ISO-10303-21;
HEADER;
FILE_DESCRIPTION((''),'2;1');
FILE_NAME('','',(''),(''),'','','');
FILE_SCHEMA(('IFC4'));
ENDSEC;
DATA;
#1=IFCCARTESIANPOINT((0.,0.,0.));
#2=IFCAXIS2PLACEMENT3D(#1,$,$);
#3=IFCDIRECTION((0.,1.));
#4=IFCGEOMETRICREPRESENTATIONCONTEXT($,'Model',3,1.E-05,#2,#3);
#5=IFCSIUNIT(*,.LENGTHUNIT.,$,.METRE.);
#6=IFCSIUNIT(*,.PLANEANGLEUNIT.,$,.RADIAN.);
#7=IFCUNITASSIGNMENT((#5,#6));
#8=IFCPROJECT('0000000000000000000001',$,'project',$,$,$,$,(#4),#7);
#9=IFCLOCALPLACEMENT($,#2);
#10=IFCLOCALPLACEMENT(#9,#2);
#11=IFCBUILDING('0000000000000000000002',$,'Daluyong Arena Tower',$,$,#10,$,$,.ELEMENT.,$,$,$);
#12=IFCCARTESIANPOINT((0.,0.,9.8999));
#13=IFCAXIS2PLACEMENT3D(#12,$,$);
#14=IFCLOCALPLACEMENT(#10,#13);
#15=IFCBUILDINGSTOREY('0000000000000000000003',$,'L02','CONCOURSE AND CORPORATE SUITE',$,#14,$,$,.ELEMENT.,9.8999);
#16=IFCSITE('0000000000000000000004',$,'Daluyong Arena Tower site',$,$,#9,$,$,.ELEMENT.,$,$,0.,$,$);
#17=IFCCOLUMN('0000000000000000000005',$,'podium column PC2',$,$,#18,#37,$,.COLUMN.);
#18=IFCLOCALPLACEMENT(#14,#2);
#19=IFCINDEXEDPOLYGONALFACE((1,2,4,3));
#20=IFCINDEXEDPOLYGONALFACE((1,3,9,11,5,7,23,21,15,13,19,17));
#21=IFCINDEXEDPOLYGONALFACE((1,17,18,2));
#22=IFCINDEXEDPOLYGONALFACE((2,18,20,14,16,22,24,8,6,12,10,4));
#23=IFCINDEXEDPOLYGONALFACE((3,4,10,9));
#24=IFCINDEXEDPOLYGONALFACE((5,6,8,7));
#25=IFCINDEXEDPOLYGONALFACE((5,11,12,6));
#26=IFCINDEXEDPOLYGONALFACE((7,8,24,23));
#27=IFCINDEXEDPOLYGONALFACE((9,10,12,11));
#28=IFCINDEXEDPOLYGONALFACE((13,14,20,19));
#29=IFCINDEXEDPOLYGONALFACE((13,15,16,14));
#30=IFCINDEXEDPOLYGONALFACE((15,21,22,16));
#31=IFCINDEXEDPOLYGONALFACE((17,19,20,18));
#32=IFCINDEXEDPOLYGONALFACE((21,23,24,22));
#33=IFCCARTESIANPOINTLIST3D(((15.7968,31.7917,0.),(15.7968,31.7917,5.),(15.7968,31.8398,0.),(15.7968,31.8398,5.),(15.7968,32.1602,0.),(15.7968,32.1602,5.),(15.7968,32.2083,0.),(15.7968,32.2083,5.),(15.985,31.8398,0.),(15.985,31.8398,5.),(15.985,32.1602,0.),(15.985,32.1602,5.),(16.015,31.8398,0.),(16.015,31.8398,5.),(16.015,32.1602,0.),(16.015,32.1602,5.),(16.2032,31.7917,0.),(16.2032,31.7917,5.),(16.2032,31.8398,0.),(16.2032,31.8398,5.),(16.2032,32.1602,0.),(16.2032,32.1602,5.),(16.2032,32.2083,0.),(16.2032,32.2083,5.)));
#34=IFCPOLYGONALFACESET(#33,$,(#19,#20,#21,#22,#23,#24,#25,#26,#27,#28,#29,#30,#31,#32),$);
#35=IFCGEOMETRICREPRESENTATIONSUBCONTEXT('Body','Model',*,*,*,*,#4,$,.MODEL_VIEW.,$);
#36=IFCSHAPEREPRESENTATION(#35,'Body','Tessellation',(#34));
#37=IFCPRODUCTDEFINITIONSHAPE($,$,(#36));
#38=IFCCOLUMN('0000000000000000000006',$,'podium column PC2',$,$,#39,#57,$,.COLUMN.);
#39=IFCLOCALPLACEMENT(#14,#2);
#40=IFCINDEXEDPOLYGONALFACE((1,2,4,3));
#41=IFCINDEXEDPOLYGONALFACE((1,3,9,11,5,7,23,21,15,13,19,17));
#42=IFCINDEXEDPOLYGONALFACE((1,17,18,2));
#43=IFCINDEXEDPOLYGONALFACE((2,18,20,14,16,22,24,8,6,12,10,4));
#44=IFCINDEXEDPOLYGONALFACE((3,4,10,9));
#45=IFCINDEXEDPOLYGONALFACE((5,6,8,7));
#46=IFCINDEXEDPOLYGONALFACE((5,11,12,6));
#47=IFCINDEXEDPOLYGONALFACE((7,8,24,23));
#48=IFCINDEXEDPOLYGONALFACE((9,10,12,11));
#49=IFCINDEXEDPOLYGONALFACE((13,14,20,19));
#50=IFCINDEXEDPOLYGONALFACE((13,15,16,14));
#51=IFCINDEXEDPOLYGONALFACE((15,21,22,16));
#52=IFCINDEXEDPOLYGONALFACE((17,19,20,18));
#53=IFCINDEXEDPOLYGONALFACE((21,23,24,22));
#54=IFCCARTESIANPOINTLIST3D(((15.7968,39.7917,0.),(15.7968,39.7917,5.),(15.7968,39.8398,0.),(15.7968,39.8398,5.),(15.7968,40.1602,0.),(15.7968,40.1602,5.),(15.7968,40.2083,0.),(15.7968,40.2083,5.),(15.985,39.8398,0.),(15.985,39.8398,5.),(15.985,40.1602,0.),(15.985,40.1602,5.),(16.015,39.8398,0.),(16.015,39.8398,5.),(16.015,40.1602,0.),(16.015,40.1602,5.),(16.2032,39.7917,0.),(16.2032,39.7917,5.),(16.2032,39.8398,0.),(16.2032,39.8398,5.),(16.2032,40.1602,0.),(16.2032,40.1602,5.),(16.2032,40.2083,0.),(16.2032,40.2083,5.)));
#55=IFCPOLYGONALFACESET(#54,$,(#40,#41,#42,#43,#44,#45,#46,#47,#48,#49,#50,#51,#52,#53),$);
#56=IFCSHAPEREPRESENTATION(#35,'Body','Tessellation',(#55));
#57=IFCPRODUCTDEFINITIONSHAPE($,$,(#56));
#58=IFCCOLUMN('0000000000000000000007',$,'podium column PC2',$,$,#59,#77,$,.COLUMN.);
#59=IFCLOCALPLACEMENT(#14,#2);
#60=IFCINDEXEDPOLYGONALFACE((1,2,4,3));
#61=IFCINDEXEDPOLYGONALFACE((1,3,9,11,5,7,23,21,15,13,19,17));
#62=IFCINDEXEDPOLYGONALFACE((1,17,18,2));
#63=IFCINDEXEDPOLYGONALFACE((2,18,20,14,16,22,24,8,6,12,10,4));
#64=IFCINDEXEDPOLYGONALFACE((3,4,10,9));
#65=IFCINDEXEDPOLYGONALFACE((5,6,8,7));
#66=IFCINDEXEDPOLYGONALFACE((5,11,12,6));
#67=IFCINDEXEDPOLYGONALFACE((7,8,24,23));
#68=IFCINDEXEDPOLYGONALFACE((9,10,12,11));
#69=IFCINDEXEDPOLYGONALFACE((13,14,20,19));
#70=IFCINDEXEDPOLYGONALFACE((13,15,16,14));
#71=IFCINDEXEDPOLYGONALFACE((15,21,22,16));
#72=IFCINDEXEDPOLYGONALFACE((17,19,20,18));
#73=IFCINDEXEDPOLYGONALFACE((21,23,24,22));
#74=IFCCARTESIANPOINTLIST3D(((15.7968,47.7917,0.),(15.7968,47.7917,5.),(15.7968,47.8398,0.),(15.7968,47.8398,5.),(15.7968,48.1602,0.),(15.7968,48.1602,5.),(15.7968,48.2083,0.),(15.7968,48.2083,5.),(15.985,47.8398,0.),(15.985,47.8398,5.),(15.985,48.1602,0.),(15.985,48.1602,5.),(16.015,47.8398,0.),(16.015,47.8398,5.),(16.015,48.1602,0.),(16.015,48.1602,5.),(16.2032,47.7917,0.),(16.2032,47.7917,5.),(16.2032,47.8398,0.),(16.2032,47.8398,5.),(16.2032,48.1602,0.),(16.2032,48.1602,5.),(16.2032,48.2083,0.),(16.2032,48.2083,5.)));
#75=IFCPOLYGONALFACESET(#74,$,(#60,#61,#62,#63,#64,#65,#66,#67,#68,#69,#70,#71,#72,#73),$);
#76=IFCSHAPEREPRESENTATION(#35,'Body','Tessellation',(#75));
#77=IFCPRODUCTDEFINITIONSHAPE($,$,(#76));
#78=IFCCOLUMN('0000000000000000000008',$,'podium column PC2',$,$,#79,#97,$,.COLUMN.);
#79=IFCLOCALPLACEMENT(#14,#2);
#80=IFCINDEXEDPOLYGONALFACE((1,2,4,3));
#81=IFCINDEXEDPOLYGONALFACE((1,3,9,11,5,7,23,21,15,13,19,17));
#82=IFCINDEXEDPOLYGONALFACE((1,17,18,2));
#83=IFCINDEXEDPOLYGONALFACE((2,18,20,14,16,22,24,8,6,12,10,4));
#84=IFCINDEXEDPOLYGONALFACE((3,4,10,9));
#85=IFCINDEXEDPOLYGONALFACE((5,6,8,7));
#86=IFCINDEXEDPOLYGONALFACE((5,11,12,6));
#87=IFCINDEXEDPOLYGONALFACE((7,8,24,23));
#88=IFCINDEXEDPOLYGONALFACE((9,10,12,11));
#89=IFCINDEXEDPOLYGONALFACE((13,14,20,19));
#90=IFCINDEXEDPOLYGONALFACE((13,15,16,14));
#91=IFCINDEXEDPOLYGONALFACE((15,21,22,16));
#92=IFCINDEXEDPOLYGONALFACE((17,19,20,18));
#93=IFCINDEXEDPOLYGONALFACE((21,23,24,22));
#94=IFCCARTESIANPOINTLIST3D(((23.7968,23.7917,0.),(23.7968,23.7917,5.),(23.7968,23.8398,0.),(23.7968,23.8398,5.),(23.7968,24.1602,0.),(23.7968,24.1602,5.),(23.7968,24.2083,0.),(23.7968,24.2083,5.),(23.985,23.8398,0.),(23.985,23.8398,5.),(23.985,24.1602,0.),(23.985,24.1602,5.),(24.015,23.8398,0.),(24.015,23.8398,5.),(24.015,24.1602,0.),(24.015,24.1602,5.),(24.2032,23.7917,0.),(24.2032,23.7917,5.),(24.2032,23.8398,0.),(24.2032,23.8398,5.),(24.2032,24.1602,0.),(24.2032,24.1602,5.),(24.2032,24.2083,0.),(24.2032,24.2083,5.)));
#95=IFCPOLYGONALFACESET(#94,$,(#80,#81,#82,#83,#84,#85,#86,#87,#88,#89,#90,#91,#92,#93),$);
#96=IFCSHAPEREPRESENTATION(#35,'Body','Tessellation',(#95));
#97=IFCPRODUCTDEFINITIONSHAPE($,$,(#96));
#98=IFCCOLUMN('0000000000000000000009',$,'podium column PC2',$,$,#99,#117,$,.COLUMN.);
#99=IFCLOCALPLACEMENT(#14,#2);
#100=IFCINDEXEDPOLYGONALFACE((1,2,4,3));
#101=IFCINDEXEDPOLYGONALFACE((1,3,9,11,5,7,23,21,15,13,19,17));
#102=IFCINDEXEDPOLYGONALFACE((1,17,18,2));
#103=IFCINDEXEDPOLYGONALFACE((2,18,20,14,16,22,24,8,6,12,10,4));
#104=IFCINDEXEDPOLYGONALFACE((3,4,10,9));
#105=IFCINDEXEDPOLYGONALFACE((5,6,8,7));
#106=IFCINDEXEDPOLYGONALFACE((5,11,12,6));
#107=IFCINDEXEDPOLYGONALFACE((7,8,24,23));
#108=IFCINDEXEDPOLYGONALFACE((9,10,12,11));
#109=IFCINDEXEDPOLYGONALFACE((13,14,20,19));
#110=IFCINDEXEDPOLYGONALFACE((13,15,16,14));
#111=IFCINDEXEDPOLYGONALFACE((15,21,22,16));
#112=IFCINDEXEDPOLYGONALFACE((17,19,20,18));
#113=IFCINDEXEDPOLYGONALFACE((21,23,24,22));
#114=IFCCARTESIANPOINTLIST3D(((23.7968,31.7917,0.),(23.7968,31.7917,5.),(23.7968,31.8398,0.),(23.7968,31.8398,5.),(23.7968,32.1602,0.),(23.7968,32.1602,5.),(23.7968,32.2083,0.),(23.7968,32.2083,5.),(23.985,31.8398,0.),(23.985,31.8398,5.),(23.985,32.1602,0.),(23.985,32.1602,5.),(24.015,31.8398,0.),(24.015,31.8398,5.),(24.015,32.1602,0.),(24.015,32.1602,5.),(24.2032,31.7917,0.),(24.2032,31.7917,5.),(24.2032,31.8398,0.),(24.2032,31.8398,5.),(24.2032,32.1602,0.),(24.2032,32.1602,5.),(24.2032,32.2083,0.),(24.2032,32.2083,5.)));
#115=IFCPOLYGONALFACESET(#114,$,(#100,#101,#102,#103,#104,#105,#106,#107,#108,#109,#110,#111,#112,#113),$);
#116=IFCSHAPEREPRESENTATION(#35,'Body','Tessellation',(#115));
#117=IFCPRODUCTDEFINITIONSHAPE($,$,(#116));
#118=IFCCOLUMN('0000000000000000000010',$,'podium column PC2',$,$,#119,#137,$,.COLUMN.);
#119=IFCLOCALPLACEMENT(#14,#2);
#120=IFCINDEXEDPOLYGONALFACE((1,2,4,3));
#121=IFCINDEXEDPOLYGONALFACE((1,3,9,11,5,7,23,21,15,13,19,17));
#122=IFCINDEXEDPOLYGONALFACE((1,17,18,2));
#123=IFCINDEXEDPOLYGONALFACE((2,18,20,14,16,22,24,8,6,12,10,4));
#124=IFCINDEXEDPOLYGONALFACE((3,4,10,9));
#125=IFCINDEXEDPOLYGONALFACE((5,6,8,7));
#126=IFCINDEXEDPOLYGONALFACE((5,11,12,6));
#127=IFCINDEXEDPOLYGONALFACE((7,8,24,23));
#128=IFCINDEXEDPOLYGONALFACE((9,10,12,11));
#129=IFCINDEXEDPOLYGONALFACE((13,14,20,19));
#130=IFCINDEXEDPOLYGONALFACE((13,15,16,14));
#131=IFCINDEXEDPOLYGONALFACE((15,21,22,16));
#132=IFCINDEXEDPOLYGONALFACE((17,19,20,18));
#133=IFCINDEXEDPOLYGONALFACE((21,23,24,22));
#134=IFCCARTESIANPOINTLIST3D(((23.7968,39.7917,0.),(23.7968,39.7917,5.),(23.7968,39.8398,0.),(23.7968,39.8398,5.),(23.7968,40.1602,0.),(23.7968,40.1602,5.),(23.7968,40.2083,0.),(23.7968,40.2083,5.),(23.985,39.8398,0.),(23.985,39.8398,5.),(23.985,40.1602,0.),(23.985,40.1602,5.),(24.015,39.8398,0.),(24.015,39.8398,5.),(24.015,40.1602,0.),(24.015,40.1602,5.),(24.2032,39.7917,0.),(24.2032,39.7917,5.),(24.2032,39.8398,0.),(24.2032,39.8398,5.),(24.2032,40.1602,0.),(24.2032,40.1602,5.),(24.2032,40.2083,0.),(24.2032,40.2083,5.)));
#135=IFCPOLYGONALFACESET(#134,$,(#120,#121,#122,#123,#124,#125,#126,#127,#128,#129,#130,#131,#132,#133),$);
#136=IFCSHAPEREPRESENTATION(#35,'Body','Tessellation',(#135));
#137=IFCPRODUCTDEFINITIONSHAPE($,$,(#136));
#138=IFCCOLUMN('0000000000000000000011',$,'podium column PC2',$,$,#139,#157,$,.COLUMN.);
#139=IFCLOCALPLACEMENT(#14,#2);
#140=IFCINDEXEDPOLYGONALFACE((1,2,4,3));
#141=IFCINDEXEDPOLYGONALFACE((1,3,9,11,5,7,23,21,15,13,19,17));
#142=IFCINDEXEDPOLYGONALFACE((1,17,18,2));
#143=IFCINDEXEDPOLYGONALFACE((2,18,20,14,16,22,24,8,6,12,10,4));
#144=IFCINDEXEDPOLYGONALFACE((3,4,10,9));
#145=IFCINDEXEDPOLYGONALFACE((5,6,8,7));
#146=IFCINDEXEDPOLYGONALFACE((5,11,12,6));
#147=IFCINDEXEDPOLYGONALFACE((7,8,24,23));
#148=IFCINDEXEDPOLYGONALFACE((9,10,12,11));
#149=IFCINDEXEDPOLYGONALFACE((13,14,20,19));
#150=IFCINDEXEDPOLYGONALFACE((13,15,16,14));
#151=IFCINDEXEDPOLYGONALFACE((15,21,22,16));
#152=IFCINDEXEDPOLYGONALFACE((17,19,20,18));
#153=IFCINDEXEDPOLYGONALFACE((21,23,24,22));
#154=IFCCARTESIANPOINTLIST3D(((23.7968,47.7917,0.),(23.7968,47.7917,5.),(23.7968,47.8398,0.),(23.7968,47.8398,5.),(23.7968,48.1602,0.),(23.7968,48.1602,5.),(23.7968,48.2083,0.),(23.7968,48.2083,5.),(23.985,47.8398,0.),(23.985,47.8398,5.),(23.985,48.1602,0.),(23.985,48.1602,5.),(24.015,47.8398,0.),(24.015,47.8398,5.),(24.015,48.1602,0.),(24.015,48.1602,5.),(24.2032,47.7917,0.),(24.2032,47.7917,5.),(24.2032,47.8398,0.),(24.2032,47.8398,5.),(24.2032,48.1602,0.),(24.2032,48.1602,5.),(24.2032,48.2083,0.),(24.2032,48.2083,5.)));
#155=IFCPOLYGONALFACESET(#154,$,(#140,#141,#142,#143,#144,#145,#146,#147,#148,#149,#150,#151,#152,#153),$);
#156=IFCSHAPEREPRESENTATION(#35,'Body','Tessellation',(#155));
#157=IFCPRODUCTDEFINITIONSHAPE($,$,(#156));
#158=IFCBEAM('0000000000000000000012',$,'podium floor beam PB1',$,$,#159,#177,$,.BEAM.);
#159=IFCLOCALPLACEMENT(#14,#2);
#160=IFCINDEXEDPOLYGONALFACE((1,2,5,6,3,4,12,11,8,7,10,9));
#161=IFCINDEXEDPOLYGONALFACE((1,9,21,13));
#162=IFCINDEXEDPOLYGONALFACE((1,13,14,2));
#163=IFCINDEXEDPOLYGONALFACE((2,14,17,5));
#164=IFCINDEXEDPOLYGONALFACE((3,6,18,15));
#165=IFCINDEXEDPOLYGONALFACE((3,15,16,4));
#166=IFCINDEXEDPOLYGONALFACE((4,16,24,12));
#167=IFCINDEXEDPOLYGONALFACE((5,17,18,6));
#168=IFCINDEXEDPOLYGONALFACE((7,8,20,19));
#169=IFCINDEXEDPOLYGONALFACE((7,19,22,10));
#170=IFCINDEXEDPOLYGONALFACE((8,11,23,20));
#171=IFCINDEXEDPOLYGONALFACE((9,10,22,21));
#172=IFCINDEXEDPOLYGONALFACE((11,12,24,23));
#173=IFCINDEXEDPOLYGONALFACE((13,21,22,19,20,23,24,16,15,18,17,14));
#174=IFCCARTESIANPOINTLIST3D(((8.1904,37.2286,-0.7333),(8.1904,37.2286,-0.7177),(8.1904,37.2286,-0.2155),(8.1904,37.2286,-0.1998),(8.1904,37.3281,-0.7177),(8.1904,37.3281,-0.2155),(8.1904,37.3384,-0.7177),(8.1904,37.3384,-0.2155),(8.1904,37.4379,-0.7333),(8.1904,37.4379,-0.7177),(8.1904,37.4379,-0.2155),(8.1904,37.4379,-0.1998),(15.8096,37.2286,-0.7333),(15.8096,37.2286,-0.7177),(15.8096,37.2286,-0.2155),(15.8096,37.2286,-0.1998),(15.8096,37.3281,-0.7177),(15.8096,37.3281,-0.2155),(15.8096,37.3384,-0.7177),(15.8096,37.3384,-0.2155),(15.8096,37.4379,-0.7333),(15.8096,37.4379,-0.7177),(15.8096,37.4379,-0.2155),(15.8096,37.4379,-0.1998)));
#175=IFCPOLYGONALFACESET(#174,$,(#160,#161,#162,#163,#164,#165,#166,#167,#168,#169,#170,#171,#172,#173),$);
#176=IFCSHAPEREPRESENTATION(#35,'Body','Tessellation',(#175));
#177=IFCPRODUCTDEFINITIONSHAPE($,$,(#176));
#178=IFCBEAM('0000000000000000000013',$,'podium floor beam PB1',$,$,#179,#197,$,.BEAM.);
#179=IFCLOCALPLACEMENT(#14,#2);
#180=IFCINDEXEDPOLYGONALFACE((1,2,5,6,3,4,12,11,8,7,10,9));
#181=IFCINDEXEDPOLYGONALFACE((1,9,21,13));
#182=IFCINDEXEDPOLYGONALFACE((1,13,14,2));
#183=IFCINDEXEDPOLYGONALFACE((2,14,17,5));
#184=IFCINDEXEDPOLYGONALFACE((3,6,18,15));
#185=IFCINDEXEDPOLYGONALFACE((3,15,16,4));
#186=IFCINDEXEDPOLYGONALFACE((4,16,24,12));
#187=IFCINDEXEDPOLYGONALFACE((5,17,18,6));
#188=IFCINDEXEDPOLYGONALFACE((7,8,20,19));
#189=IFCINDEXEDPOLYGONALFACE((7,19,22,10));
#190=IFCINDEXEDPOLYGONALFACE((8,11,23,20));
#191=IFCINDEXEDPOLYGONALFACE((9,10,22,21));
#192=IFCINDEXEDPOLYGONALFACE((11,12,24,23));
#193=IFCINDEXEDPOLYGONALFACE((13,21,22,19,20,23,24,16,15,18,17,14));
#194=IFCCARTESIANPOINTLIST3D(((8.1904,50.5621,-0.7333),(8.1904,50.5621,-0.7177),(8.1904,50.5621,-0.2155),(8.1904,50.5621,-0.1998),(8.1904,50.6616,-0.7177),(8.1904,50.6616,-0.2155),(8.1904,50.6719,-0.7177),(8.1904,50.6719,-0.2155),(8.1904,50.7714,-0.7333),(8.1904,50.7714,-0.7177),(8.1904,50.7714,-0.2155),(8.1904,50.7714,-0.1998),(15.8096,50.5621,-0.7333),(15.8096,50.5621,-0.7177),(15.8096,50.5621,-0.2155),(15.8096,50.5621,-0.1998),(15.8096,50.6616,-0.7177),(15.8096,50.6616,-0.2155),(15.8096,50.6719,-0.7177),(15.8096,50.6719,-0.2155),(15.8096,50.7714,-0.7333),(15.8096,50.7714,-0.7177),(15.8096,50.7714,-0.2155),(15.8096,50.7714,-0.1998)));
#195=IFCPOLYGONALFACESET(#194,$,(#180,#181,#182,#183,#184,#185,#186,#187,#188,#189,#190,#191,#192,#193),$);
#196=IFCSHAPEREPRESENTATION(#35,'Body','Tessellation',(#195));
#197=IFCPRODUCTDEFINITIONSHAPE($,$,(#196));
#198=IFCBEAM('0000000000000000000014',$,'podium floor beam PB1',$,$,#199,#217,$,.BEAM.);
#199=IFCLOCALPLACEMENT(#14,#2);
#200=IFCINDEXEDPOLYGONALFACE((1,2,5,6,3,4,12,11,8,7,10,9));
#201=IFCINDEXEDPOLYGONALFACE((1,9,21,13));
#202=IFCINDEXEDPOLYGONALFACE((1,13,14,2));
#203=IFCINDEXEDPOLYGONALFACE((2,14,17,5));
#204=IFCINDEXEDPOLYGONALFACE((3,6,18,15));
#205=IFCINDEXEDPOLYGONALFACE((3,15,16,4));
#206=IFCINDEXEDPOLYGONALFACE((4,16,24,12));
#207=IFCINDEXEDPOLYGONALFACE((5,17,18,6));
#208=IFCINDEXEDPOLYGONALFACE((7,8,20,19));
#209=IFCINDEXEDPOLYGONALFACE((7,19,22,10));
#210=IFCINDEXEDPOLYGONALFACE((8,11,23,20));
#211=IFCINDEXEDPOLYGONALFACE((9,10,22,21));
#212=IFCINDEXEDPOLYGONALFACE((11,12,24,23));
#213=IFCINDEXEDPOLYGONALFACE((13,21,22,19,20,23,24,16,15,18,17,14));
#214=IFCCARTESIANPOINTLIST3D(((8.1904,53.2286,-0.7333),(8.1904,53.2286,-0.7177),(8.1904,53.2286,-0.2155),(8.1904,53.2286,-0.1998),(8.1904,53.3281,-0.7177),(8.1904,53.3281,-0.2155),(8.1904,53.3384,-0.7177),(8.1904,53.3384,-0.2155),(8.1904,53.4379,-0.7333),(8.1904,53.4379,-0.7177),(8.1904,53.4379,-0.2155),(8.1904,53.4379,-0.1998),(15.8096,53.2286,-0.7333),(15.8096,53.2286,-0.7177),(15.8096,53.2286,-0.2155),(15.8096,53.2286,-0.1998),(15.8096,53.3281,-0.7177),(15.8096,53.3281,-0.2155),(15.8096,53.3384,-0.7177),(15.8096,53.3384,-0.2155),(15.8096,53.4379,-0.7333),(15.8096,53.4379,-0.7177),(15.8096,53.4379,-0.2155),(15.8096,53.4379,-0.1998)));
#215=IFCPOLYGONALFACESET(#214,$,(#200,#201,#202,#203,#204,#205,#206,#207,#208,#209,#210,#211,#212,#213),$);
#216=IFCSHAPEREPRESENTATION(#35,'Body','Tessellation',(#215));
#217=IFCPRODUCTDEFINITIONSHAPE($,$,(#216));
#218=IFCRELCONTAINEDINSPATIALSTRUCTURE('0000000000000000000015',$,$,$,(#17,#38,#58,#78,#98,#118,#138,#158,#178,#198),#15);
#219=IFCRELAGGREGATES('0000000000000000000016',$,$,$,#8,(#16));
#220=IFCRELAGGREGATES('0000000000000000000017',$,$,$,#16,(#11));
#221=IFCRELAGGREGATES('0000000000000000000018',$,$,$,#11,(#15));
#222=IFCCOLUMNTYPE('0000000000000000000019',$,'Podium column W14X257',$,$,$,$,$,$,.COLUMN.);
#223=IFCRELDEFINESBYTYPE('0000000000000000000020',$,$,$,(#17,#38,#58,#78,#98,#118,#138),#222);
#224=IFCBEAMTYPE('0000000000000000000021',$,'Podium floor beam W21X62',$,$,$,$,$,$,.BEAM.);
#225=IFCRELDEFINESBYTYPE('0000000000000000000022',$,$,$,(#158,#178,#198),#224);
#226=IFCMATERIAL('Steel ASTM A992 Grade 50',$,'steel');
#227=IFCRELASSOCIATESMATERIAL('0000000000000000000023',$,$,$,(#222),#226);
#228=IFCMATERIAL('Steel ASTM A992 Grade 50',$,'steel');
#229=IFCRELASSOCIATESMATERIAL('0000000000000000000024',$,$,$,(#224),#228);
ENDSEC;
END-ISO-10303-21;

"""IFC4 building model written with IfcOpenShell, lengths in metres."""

from ifc_helpers import new_model, si_unit, direction, frame, origin, origin_2d, place, context, subcontext, project, spatial, i_section, extrude, material, material_profile, profile_set, type_object, element, save


model = new_model("IFC4")

# Units and contexts
model_context = context("Model", 3, precision=1e-05, world=origin(), true_north=direction((0.0, 1.0)))
body_context = subcontext(model_context, "Body", "Model", "MODEL_VIEW")
ifc_project = project(units=[si_unit("LENGTHUNIT", "METRE"), si_unit("PLANEANGLEUNIT", "RADIAN")], contexts=[model_context])

# Site, building, storey
site_placement = place(None, origin())
site = spatial("IfcSite", under=ifc_project, at=site_placement, Name="Daluyong Arena Tower site", CompositionType="ELEMENT", RefElevation=0.0)
building_placement = place(site_placement, origin())
building = spatial("IfcBuilding", under=site, at=building_placement, Name="Daluyong Arena Tower", CompositionType="ELEMENT")
storey_placement = place(building_placement, frame((0.0, 0.0, 9.8999)))
storey = spatial("IfcBuildingStorey", under=building, at=storey_placement, Name="L02", Description="CONCOURSE AND CORPORATE SUITE", CompositionType="ELEMENT", Elevation=9.8999)

# Columns
ifc_material_1 = material(Name="Steel ASTM A992 Grade 50", Category="steel")
ifc_material_profile_1 = material_profile(ifc_material_1, i_section(OverallWidth=0.4065, OverallDepth=0.4165, WebThickness=0.03, FlangeThickness=0.0481, at=origin_2d()))
ifc_profile_set_1 = profile_set([ifc_material_profile_1], Name="Steel ASTM A992 Grade 50")
column_type = type_object("IfcColumnType", Name="Podium column W14X257", PredefinedType="COLUMN", material=ifc_profile_set_1)
for number, where, z_axis, x_axis, name in (
    (1, (16.0, 32.0, 0.0), (0.0, 0.0, 1.0), (1.0, 0.0, 0.0), "podium column PC2"),
    (2, (16.0, 40.0, 0.0), (0.0, 0.0, 1.0), (1.0, 0.0, 0.0), "podium column PC2"),
    (3, (16.0, 48.0, 0.0), (0.0, 0.0, 1.0), (1.0, 0.0, 0.0), "podium column PC2"),
    (4, (24.0, 24.0, 0.0), (0.0, 0.0, 1.0), (1.0, 0.0, 0.0), "podium column PC2"),
    (5, (24.0, 32.0, 0.0), (0.0, 0.0, 1.0), (1.0, 0.0, 0.0), "podium column PC2"),
    (6, (24.0, 40.0, 0.0), (0.0, 0.0, 1.0), (1.0, 0.0, 0.0), "podium column PC2"),
    (7, (24.0, 48.0, 0.0), (0.0, 0.0, 1.0), (1.0, 0.0, 0.0), "podium column PC2"),
):
    element("IfcColumn", number, at=place(storey_placement, frame(where, z_axis=z_axis, x_axis=x_axis)), inside=storey, type_object=column_type, Name=name, PredefinedType="COLUMN", context=body_context, shape_type="SweptSolid", body=[
        extrude(i_section(OverallWidth=0.4065, OverallDepth=0.4165, WebThickness=0.03, FlangeThickness=0.0481, at=origin_2d()), origin(), (0.0, 0.0, 1.0), 5.0),
    ])

# Beams
ifc_material_2 = material(Name="Steel ASTM A992 Grade 50", Category="steel")
ifc_material_profile_2 = material_profile(ifc_material_2, i_section(OverallWidth=0.2092, OverallDepth=0.5334, WebThickness=0.0103, FlangeThickness=0.0156, at=origin_2d()))
ifc_profile_set_2 = profile_set([ifc_material_profile_2], Name="Steel ASTM A992 Grade 50")
beam_type_1 = type_object("IfcBeamType", Name="Podium floor beam W21X62", PredefinedType="BEAM", material=ifc_profile_set_2)
for number, where, z_axis, x_axis, name in (
    (8, (8.1904, 37.3333, -0.4666), (1.0, 0.0, 0.0), (0.0, 1.0, 0.0), "podium floor beam PB1"),
    (9, (8.1904, 50.6667, -0.4666), (1.0, 0.0, 0.0), (0.0, 1.0, 0.0), "podium floor beam PB1"),
    (10, (8.1904, 53.3333, -0.4666), (1.0, 0.0, 0.0), (0.0, 1.0, 0.0), "podium floor beam PB1"),
):
    element("IfcBeam", number, at=place(storey_placement, frame(where, z_axis=z_axis, x_axis=x_axis)), inside=storey, type_object=beam_type_1, Name=name, PredefinedType="BEAM", context=body_context, shape_type="SweptSolid", body=[
        extrude(i_section(OverallWidth=0.2092, OverallDepth=0.5334, WebThickness=0.0103, FlangeThickness=0.0156, at=origin_2d()), origin(), (0.0, 0.0, 1.0), 7.6191),
    ])

save(model, "model.ifc")
